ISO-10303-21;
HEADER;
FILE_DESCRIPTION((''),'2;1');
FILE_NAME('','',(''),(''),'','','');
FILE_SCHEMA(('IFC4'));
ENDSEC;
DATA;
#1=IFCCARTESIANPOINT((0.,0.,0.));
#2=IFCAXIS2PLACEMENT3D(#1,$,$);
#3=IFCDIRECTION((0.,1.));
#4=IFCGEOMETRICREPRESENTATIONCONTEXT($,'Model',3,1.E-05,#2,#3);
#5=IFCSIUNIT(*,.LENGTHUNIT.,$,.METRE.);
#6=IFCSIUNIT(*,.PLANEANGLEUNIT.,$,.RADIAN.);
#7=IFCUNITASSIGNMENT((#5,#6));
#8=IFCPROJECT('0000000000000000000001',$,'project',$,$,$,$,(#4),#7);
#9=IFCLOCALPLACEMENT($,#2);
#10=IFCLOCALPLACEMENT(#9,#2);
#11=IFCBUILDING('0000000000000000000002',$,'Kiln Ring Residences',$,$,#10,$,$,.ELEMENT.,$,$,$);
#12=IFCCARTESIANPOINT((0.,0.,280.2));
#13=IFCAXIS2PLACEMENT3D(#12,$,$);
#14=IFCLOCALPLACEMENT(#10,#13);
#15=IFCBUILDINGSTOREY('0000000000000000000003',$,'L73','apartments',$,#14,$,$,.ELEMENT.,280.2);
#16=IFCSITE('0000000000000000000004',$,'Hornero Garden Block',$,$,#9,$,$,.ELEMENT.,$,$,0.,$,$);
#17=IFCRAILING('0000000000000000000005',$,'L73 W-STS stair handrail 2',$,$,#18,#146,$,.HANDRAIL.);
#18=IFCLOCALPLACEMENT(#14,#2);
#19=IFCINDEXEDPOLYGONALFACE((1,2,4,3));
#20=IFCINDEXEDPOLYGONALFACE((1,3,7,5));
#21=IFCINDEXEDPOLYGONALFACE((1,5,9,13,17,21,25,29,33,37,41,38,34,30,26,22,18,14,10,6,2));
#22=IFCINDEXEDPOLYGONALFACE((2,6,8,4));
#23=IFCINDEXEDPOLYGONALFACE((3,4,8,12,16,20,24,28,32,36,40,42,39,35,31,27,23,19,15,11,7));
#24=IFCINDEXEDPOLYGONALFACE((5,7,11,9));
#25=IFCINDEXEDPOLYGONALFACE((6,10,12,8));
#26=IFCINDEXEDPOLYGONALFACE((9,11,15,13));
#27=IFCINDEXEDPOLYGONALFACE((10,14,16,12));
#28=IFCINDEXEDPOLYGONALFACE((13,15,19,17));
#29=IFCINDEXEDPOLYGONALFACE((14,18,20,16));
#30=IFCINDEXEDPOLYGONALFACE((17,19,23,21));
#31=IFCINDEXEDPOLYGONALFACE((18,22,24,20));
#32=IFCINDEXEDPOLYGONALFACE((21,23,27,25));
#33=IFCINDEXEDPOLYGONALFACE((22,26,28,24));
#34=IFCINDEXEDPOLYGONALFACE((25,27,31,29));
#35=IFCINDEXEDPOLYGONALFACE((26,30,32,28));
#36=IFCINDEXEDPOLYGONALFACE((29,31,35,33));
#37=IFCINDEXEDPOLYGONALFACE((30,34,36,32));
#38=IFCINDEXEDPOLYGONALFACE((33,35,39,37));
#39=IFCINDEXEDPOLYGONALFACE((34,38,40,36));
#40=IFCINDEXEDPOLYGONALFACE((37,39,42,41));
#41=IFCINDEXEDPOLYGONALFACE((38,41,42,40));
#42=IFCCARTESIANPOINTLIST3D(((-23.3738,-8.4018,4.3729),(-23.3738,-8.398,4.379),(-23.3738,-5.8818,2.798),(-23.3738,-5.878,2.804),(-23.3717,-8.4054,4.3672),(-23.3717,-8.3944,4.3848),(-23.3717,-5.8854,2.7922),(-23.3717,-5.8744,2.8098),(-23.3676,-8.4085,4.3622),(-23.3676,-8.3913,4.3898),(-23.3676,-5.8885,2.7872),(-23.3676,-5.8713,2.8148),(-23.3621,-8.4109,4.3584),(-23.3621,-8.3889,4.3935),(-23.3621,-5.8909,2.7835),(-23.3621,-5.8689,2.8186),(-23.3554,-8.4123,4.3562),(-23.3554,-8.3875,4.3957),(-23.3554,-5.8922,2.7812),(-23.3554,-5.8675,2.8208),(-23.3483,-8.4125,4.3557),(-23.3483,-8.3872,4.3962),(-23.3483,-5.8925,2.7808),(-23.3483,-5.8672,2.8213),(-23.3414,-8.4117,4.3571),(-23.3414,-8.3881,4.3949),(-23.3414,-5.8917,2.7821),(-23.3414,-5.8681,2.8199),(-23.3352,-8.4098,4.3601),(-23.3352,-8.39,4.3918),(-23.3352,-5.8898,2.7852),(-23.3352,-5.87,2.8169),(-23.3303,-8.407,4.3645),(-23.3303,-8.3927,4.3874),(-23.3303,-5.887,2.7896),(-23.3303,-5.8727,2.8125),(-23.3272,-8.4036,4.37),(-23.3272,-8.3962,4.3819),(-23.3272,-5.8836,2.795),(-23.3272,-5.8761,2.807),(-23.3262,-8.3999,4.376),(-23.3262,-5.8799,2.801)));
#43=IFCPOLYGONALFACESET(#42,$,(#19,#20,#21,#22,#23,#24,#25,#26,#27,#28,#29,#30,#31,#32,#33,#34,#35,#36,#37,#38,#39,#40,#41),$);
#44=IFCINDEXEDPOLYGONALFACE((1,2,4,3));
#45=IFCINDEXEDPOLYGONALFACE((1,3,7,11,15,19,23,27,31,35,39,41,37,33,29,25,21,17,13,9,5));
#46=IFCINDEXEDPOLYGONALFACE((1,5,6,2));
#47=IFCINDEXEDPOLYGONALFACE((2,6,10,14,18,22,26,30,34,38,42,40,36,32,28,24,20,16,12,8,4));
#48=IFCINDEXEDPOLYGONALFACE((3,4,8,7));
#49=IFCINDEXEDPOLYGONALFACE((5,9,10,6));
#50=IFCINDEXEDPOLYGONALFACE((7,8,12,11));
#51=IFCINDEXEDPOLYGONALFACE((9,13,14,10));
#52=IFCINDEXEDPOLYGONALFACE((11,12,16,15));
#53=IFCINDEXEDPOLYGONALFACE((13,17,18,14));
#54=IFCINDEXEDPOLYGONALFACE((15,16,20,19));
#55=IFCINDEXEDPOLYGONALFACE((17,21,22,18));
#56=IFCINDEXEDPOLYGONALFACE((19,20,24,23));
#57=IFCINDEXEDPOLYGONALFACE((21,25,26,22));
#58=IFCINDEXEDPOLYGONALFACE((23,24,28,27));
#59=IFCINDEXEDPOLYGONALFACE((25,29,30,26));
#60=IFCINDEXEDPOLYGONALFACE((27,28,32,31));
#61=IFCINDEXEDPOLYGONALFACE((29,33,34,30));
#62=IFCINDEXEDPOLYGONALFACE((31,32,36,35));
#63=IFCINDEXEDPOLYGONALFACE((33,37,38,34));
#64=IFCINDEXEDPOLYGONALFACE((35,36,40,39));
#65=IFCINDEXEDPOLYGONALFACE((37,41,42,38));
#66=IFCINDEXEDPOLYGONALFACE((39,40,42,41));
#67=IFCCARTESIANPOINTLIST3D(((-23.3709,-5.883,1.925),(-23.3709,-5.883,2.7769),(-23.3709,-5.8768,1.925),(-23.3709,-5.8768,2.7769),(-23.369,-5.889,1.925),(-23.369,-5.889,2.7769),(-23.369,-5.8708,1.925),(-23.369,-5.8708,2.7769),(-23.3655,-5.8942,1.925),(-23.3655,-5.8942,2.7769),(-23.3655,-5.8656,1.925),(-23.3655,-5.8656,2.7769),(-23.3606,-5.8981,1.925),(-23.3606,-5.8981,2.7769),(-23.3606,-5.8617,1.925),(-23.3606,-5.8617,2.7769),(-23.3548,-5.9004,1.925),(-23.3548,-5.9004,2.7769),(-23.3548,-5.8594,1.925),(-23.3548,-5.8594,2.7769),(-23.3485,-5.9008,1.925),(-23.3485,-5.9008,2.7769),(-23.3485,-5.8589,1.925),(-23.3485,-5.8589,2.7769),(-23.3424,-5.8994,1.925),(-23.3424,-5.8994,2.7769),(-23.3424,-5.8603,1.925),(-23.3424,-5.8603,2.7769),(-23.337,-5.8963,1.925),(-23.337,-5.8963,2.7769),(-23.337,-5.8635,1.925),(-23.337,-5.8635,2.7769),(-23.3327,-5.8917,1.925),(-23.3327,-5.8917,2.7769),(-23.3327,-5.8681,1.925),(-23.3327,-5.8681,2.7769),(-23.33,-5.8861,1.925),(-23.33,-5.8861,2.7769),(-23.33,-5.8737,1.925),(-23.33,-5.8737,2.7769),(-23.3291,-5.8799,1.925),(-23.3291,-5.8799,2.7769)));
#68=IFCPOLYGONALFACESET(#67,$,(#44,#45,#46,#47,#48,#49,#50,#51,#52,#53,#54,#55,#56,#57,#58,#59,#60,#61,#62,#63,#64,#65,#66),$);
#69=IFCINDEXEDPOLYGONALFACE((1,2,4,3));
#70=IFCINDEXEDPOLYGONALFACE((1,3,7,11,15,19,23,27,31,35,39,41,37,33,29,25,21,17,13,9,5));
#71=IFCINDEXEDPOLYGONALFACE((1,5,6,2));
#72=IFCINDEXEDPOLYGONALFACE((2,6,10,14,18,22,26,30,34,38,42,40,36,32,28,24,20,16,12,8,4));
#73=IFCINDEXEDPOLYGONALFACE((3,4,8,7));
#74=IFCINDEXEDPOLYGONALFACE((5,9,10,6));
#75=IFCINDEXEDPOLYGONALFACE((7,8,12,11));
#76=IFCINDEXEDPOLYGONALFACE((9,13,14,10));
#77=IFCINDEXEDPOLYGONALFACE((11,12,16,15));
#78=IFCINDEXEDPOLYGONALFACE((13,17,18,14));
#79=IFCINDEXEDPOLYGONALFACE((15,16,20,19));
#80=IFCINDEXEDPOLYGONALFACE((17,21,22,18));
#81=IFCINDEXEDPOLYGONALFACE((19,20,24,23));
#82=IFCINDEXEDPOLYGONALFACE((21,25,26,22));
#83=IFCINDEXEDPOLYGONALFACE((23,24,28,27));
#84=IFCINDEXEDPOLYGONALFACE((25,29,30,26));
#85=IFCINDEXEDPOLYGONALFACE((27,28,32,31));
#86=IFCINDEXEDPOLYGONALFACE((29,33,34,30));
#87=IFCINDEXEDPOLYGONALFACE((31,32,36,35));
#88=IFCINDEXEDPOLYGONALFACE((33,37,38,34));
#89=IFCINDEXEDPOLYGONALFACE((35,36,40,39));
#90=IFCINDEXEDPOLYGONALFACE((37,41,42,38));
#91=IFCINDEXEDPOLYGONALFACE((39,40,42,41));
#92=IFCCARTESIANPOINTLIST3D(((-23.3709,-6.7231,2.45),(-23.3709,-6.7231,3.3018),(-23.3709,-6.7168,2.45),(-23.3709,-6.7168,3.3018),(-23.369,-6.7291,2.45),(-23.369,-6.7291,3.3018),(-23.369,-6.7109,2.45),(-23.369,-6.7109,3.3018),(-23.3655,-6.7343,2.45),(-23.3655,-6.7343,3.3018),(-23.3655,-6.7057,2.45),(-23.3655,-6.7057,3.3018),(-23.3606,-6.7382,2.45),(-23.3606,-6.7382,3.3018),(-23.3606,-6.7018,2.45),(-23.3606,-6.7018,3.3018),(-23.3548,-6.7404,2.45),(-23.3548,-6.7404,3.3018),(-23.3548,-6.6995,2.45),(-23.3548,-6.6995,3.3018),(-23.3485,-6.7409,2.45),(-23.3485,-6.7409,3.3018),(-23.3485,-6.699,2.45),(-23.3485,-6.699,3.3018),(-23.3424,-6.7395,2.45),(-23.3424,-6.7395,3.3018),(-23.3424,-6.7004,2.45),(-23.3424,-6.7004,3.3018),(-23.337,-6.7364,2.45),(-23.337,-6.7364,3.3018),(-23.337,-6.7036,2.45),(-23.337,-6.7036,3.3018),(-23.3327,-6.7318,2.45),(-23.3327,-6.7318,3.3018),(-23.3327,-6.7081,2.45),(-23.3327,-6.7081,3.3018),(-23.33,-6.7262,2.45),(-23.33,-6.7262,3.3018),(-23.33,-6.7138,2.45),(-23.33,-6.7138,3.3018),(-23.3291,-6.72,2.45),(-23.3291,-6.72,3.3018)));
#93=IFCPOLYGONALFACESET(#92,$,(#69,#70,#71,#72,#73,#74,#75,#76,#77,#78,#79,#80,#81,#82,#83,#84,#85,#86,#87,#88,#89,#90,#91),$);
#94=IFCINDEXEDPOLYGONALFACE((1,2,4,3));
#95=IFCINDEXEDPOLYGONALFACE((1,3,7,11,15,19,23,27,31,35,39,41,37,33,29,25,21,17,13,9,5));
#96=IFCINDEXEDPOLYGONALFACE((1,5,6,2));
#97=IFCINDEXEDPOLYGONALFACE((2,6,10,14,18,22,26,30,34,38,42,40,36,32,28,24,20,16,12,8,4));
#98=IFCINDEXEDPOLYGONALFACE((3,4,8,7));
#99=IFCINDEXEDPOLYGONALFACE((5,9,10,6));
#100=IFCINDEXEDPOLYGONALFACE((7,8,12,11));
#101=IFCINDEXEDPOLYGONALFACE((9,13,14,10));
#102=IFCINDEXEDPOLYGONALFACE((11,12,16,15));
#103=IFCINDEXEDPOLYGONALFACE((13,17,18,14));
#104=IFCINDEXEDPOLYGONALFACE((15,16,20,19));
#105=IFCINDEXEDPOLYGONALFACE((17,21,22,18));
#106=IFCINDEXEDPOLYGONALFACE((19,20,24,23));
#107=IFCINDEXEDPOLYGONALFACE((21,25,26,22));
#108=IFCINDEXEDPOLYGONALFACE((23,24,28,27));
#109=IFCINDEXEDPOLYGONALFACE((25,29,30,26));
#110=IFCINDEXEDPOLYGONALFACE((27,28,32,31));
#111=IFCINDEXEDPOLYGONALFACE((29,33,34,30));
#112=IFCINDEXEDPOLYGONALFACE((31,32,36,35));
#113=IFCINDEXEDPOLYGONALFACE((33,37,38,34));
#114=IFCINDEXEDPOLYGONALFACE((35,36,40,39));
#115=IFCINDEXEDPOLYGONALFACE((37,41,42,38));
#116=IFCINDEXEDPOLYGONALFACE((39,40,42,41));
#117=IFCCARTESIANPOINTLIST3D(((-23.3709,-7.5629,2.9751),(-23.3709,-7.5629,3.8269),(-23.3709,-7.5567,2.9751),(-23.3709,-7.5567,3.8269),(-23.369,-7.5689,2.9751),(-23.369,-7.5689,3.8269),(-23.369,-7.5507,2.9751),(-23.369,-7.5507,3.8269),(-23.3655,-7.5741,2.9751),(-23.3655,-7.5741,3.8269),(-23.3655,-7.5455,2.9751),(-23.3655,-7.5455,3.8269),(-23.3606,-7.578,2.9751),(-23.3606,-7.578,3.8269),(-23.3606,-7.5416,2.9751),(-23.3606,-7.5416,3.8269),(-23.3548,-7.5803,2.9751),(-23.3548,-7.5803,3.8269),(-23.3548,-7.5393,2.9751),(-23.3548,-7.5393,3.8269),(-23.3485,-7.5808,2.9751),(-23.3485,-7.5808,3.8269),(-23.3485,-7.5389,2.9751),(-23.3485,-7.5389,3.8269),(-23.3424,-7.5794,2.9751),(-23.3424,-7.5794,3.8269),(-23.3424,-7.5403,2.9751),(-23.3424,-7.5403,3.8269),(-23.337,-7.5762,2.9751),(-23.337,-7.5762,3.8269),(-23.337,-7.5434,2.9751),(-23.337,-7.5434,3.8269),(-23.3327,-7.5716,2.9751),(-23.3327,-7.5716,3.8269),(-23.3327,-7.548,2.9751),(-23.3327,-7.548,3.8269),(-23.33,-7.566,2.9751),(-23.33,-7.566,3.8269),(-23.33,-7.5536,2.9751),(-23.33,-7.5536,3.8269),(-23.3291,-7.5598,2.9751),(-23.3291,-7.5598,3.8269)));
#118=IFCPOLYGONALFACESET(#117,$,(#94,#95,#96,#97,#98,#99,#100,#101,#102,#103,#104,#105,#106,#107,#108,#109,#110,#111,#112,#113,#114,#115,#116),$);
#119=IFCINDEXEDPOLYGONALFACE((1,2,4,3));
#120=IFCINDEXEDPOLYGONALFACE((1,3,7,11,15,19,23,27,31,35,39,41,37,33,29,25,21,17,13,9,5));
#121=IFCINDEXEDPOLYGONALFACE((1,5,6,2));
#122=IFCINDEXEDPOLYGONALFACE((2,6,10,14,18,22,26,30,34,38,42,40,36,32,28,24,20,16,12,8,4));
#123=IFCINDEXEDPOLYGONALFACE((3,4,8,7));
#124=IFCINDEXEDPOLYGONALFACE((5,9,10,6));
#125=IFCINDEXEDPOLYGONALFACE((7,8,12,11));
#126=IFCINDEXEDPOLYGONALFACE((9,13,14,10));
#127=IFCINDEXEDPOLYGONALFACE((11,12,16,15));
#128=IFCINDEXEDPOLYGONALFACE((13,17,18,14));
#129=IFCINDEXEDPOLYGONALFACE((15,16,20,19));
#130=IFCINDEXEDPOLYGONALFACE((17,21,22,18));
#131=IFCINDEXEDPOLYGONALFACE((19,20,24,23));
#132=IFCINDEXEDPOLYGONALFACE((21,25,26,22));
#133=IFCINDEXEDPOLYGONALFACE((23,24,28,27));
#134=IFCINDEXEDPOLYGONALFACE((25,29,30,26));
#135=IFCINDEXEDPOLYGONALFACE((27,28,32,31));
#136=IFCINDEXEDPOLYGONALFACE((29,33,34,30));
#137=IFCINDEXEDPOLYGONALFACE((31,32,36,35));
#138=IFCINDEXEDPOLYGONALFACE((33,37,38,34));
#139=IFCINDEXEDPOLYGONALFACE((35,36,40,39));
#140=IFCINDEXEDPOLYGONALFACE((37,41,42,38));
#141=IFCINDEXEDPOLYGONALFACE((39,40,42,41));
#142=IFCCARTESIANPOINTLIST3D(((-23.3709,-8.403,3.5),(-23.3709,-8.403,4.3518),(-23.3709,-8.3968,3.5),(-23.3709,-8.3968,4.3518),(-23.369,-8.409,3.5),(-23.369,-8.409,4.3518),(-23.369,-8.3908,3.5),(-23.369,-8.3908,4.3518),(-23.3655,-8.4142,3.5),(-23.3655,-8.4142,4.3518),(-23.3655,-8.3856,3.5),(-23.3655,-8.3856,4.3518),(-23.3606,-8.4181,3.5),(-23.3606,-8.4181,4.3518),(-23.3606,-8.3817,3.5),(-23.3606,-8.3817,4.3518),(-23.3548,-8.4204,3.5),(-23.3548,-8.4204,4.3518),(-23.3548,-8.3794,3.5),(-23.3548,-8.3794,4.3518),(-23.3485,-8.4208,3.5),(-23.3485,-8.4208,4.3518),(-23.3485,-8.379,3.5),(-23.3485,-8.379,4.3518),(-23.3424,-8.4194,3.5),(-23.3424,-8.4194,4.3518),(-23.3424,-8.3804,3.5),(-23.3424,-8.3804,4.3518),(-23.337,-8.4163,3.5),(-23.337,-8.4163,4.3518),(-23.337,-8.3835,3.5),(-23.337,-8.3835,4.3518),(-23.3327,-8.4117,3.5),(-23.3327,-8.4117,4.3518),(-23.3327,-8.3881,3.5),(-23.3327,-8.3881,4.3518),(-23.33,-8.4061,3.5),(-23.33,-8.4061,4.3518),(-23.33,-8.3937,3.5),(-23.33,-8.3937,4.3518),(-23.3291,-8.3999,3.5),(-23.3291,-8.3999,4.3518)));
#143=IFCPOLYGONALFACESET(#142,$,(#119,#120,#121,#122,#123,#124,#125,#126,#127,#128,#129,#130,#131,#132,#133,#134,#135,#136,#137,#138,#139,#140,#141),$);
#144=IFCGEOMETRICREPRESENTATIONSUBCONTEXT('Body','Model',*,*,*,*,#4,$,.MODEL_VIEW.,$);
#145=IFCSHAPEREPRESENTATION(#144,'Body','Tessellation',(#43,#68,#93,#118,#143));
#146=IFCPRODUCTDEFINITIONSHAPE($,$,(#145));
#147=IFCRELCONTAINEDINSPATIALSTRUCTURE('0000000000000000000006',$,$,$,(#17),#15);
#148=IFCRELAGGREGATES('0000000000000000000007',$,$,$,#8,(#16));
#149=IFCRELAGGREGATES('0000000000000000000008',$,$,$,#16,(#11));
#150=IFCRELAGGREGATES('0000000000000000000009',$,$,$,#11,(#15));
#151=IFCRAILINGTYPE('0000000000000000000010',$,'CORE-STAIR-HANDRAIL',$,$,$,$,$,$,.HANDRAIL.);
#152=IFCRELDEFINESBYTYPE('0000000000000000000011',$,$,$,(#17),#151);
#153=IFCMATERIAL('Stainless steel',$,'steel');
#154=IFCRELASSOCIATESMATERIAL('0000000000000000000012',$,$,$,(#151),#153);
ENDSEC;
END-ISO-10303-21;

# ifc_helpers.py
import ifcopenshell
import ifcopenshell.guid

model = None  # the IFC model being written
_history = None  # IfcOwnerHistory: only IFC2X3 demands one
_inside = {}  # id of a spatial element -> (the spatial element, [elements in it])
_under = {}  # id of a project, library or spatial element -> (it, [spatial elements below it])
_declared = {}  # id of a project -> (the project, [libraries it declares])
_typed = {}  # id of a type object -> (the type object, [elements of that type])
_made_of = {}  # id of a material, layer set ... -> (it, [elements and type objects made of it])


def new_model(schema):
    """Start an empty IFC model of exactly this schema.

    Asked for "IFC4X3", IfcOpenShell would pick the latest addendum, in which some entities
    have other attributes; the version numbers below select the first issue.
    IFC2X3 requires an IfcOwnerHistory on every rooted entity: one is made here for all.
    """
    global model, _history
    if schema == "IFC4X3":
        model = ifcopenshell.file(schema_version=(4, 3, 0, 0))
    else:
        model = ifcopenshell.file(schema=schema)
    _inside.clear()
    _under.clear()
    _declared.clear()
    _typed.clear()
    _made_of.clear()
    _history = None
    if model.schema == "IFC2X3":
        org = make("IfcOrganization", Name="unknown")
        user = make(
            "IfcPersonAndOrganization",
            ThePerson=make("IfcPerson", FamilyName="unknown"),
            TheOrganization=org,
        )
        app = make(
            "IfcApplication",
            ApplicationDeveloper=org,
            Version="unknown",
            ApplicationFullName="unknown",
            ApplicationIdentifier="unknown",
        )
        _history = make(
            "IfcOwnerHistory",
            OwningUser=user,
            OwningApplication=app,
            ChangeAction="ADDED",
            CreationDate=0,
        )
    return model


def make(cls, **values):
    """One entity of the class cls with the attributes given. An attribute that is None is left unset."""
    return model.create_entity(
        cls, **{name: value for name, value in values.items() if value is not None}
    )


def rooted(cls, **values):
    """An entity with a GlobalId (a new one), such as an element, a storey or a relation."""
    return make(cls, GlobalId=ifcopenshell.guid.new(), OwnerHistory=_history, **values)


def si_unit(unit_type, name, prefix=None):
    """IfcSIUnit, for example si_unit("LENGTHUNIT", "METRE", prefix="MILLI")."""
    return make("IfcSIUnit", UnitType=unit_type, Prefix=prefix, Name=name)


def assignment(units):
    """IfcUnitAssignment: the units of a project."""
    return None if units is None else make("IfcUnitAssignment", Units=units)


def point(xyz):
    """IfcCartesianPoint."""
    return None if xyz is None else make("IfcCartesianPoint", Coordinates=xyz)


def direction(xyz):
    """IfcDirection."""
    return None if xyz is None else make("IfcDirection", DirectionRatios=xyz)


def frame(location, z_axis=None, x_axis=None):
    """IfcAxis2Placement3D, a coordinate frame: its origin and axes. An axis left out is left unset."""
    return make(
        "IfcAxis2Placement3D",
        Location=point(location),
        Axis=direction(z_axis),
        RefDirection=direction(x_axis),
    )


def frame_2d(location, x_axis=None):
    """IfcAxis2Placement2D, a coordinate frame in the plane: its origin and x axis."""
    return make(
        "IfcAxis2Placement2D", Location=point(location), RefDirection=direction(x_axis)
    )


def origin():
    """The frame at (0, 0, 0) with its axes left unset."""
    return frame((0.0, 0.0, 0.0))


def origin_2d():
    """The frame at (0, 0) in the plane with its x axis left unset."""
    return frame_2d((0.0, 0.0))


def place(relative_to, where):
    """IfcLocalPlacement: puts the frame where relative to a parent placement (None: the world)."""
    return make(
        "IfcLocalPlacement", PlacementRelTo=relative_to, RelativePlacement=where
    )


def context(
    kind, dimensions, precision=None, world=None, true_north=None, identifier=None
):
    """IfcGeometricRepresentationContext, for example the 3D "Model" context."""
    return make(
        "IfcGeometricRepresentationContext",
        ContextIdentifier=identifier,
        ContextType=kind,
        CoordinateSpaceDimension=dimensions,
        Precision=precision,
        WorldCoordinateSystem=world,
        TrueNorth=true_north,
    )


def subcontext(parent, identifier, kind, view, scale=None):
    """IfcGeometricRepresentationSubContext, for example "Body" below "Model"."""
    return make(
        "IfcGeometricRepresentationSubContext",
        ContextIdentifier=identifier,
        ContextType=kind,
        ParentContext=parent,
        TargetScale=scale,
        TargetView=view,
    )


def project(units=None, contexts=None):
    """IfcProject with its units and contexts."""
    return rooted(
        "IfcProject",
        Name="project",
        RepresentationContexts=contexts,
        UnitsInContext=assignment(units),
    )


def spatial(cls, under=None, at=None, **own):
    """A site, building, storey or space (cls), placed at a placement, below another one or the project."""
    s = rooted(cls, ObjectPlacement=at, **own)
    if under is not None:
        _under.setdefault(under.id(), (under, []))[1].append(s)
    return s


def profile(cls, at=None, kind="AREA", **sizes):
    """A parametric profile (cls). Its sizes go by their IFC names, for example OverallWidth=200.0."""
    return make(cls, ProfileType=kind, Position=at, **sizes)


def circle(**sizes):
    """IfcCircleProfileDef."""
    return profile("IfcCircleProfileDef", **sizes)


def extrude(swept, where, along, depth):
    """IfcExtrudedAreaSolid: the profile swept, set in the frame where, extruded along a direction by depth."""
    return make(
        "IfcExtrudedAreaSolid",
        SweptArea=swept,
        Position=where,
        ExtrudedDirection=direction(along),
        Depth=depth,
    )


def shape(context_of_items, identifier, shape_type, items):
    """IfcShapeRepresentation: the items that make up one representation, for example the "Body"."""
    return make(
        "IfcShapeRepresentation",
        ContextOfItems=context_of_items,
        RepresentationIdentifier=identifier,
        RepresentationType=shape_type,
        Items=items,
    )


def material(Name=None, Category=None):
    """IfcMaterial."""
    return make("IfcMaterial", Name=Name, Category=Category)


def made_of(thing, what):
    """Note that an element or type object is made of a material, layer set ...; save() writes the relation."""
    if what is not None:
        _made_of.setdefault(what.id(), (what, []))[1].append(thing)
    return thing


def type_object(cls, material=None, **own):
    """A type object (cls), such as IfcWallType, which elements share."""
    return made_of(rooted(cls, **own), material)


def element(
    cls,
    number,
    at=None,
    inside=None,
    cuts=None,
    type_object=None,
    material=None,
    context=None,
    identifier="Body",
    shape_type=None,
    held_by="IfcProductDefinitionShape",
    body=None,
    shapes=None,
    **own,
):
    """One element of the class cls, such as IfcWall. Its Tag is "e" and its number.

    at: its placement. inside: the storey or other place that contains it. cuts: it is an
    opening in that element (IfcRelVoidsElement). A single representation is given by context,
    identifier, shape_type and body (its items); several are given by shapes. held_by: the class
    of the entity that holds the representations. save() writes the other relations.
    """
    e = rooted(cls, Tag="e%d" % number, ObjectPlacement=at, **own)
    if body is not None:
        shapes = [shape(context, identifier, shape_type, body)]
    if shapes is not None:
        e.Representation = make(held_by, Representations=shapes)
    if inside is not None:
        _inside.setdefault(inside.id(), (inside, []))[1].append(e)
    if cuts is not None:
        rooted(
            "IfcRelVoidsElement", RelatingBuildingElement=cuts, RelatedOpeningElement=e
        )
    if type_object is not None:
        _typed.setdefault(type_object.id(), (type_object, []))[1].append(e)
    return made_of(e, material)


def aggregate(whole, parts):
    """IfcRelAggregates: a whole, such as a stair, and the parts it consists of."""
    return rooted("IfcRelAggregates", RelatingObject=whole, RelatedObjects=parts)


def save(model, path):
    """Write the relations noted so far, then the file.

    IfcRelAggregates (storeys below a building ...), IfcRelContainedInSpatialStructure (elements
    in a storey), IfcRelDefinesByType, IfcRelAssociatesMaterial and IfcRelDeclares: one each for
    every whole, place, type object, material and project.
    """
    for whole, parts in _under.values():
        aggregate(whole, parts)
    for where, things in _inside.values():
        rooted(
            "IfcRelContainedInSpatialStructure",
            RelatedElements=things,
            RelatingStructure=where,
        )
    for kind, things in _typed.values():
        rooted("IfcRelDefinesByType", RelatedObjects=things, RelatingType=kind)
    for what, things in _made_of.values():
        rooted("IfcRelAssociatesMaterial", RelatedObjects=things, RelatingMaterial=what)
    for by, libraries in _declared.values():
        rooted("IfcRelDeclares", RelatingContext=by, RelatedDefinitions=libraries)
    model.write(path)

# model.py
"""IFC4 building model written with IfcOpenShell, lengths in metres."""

from ifc_helpers import new_model, si_unit, direction, frame, origin, origin_2d, place, context, subcontext, project, spatial, circle, extrude, material, type_object, element, save


model = new_model("IFC4")

# Units and contexts
model_context = context("Model", 3, precision=1e-05, world=origin(), true_north=direction((0.0, 1.0)))
body_context = subcontext(model_context, "Body", "Model", "MODEL_VIEW")
ifc_project = project(units=[si_unit("LENGTHUNIT", "METRE"), si_unit("PLANEANGLEUNIT", "RADIAN")], contexts=[model_context])

# Site, building, storey
site_placement = place(None, origin())
site = spatial("IfcSite", under=ifc_project, at=site_placement, Name="Hornero Garden Block", CompositionType="ELEMENT", RefElevation=0.0)
building_placement = place(site_placement, origin())
building = spatial("IfcBuilding", under=site, at=building_placement, Name="Kiln Ring Residences", CompositionType="ELEMENT")
storey_placement = place(building_placement, frame((0.0, 0.0, 280.2)))
storey = spatial("IfcBuildingStorey", under=building, at=storey_placement, Name="L73", Description="apartments", CompositionType="ELEMENT", Elevation=280.2)

# Railing
ifc_material_1 = material(Name="Stainless steel", Category="steel")
railing_type_1 = type_object("IfcRailingType", Name="CORE-STAIR-HANDRAIL", PredefinedType="HANDRAIL", material=ifc_material_1)
railing_1_placement = place(storey_placement, frame((-23.3501, -5.8799, 1.925)))
element("IfcRailing", 1, at=railing_1_placement, inside=storey, type_object=railing_type_1, Name="L73 W-STS stair handrail 2", PredefinedType="HANDRAIL", context=body_context, shape_type="SweptSolid", body=[
    extrude(circle(Radius=0.0239, at=origin_2d()), frame((0.0, 0.0, 0.876), z_axis=(0.0, -0.848008, 0.529984), x_axis=(1.0, 0.0, 0.0)), (0.0, 0.0, 1.0), 2.9717),
    extrude(circle(Radius=0.021, at=origin_2d()), origin(), (0.0, 0.0, 1.0), 0.8518),
    extrude(circle(Radius=0.021, at=origin_2d()), frame((0.0, -0.8401, 0.5249)), (0.0, 0.0, 1.0), 0.8518),
    extrude(circle(Radius=0.021, at=origin_2d()), frame((0.0, -1.6799, 1.05)), (0.0, 0.0, 1.0), 0.8518),
    extrude(circle(Radius=0.021, at=origin_2d()), frame((0.0, -2.52, 1.575)), (0.0, 0.0, 1.0), 0.8518),
])

save(model, "model.ifc")
